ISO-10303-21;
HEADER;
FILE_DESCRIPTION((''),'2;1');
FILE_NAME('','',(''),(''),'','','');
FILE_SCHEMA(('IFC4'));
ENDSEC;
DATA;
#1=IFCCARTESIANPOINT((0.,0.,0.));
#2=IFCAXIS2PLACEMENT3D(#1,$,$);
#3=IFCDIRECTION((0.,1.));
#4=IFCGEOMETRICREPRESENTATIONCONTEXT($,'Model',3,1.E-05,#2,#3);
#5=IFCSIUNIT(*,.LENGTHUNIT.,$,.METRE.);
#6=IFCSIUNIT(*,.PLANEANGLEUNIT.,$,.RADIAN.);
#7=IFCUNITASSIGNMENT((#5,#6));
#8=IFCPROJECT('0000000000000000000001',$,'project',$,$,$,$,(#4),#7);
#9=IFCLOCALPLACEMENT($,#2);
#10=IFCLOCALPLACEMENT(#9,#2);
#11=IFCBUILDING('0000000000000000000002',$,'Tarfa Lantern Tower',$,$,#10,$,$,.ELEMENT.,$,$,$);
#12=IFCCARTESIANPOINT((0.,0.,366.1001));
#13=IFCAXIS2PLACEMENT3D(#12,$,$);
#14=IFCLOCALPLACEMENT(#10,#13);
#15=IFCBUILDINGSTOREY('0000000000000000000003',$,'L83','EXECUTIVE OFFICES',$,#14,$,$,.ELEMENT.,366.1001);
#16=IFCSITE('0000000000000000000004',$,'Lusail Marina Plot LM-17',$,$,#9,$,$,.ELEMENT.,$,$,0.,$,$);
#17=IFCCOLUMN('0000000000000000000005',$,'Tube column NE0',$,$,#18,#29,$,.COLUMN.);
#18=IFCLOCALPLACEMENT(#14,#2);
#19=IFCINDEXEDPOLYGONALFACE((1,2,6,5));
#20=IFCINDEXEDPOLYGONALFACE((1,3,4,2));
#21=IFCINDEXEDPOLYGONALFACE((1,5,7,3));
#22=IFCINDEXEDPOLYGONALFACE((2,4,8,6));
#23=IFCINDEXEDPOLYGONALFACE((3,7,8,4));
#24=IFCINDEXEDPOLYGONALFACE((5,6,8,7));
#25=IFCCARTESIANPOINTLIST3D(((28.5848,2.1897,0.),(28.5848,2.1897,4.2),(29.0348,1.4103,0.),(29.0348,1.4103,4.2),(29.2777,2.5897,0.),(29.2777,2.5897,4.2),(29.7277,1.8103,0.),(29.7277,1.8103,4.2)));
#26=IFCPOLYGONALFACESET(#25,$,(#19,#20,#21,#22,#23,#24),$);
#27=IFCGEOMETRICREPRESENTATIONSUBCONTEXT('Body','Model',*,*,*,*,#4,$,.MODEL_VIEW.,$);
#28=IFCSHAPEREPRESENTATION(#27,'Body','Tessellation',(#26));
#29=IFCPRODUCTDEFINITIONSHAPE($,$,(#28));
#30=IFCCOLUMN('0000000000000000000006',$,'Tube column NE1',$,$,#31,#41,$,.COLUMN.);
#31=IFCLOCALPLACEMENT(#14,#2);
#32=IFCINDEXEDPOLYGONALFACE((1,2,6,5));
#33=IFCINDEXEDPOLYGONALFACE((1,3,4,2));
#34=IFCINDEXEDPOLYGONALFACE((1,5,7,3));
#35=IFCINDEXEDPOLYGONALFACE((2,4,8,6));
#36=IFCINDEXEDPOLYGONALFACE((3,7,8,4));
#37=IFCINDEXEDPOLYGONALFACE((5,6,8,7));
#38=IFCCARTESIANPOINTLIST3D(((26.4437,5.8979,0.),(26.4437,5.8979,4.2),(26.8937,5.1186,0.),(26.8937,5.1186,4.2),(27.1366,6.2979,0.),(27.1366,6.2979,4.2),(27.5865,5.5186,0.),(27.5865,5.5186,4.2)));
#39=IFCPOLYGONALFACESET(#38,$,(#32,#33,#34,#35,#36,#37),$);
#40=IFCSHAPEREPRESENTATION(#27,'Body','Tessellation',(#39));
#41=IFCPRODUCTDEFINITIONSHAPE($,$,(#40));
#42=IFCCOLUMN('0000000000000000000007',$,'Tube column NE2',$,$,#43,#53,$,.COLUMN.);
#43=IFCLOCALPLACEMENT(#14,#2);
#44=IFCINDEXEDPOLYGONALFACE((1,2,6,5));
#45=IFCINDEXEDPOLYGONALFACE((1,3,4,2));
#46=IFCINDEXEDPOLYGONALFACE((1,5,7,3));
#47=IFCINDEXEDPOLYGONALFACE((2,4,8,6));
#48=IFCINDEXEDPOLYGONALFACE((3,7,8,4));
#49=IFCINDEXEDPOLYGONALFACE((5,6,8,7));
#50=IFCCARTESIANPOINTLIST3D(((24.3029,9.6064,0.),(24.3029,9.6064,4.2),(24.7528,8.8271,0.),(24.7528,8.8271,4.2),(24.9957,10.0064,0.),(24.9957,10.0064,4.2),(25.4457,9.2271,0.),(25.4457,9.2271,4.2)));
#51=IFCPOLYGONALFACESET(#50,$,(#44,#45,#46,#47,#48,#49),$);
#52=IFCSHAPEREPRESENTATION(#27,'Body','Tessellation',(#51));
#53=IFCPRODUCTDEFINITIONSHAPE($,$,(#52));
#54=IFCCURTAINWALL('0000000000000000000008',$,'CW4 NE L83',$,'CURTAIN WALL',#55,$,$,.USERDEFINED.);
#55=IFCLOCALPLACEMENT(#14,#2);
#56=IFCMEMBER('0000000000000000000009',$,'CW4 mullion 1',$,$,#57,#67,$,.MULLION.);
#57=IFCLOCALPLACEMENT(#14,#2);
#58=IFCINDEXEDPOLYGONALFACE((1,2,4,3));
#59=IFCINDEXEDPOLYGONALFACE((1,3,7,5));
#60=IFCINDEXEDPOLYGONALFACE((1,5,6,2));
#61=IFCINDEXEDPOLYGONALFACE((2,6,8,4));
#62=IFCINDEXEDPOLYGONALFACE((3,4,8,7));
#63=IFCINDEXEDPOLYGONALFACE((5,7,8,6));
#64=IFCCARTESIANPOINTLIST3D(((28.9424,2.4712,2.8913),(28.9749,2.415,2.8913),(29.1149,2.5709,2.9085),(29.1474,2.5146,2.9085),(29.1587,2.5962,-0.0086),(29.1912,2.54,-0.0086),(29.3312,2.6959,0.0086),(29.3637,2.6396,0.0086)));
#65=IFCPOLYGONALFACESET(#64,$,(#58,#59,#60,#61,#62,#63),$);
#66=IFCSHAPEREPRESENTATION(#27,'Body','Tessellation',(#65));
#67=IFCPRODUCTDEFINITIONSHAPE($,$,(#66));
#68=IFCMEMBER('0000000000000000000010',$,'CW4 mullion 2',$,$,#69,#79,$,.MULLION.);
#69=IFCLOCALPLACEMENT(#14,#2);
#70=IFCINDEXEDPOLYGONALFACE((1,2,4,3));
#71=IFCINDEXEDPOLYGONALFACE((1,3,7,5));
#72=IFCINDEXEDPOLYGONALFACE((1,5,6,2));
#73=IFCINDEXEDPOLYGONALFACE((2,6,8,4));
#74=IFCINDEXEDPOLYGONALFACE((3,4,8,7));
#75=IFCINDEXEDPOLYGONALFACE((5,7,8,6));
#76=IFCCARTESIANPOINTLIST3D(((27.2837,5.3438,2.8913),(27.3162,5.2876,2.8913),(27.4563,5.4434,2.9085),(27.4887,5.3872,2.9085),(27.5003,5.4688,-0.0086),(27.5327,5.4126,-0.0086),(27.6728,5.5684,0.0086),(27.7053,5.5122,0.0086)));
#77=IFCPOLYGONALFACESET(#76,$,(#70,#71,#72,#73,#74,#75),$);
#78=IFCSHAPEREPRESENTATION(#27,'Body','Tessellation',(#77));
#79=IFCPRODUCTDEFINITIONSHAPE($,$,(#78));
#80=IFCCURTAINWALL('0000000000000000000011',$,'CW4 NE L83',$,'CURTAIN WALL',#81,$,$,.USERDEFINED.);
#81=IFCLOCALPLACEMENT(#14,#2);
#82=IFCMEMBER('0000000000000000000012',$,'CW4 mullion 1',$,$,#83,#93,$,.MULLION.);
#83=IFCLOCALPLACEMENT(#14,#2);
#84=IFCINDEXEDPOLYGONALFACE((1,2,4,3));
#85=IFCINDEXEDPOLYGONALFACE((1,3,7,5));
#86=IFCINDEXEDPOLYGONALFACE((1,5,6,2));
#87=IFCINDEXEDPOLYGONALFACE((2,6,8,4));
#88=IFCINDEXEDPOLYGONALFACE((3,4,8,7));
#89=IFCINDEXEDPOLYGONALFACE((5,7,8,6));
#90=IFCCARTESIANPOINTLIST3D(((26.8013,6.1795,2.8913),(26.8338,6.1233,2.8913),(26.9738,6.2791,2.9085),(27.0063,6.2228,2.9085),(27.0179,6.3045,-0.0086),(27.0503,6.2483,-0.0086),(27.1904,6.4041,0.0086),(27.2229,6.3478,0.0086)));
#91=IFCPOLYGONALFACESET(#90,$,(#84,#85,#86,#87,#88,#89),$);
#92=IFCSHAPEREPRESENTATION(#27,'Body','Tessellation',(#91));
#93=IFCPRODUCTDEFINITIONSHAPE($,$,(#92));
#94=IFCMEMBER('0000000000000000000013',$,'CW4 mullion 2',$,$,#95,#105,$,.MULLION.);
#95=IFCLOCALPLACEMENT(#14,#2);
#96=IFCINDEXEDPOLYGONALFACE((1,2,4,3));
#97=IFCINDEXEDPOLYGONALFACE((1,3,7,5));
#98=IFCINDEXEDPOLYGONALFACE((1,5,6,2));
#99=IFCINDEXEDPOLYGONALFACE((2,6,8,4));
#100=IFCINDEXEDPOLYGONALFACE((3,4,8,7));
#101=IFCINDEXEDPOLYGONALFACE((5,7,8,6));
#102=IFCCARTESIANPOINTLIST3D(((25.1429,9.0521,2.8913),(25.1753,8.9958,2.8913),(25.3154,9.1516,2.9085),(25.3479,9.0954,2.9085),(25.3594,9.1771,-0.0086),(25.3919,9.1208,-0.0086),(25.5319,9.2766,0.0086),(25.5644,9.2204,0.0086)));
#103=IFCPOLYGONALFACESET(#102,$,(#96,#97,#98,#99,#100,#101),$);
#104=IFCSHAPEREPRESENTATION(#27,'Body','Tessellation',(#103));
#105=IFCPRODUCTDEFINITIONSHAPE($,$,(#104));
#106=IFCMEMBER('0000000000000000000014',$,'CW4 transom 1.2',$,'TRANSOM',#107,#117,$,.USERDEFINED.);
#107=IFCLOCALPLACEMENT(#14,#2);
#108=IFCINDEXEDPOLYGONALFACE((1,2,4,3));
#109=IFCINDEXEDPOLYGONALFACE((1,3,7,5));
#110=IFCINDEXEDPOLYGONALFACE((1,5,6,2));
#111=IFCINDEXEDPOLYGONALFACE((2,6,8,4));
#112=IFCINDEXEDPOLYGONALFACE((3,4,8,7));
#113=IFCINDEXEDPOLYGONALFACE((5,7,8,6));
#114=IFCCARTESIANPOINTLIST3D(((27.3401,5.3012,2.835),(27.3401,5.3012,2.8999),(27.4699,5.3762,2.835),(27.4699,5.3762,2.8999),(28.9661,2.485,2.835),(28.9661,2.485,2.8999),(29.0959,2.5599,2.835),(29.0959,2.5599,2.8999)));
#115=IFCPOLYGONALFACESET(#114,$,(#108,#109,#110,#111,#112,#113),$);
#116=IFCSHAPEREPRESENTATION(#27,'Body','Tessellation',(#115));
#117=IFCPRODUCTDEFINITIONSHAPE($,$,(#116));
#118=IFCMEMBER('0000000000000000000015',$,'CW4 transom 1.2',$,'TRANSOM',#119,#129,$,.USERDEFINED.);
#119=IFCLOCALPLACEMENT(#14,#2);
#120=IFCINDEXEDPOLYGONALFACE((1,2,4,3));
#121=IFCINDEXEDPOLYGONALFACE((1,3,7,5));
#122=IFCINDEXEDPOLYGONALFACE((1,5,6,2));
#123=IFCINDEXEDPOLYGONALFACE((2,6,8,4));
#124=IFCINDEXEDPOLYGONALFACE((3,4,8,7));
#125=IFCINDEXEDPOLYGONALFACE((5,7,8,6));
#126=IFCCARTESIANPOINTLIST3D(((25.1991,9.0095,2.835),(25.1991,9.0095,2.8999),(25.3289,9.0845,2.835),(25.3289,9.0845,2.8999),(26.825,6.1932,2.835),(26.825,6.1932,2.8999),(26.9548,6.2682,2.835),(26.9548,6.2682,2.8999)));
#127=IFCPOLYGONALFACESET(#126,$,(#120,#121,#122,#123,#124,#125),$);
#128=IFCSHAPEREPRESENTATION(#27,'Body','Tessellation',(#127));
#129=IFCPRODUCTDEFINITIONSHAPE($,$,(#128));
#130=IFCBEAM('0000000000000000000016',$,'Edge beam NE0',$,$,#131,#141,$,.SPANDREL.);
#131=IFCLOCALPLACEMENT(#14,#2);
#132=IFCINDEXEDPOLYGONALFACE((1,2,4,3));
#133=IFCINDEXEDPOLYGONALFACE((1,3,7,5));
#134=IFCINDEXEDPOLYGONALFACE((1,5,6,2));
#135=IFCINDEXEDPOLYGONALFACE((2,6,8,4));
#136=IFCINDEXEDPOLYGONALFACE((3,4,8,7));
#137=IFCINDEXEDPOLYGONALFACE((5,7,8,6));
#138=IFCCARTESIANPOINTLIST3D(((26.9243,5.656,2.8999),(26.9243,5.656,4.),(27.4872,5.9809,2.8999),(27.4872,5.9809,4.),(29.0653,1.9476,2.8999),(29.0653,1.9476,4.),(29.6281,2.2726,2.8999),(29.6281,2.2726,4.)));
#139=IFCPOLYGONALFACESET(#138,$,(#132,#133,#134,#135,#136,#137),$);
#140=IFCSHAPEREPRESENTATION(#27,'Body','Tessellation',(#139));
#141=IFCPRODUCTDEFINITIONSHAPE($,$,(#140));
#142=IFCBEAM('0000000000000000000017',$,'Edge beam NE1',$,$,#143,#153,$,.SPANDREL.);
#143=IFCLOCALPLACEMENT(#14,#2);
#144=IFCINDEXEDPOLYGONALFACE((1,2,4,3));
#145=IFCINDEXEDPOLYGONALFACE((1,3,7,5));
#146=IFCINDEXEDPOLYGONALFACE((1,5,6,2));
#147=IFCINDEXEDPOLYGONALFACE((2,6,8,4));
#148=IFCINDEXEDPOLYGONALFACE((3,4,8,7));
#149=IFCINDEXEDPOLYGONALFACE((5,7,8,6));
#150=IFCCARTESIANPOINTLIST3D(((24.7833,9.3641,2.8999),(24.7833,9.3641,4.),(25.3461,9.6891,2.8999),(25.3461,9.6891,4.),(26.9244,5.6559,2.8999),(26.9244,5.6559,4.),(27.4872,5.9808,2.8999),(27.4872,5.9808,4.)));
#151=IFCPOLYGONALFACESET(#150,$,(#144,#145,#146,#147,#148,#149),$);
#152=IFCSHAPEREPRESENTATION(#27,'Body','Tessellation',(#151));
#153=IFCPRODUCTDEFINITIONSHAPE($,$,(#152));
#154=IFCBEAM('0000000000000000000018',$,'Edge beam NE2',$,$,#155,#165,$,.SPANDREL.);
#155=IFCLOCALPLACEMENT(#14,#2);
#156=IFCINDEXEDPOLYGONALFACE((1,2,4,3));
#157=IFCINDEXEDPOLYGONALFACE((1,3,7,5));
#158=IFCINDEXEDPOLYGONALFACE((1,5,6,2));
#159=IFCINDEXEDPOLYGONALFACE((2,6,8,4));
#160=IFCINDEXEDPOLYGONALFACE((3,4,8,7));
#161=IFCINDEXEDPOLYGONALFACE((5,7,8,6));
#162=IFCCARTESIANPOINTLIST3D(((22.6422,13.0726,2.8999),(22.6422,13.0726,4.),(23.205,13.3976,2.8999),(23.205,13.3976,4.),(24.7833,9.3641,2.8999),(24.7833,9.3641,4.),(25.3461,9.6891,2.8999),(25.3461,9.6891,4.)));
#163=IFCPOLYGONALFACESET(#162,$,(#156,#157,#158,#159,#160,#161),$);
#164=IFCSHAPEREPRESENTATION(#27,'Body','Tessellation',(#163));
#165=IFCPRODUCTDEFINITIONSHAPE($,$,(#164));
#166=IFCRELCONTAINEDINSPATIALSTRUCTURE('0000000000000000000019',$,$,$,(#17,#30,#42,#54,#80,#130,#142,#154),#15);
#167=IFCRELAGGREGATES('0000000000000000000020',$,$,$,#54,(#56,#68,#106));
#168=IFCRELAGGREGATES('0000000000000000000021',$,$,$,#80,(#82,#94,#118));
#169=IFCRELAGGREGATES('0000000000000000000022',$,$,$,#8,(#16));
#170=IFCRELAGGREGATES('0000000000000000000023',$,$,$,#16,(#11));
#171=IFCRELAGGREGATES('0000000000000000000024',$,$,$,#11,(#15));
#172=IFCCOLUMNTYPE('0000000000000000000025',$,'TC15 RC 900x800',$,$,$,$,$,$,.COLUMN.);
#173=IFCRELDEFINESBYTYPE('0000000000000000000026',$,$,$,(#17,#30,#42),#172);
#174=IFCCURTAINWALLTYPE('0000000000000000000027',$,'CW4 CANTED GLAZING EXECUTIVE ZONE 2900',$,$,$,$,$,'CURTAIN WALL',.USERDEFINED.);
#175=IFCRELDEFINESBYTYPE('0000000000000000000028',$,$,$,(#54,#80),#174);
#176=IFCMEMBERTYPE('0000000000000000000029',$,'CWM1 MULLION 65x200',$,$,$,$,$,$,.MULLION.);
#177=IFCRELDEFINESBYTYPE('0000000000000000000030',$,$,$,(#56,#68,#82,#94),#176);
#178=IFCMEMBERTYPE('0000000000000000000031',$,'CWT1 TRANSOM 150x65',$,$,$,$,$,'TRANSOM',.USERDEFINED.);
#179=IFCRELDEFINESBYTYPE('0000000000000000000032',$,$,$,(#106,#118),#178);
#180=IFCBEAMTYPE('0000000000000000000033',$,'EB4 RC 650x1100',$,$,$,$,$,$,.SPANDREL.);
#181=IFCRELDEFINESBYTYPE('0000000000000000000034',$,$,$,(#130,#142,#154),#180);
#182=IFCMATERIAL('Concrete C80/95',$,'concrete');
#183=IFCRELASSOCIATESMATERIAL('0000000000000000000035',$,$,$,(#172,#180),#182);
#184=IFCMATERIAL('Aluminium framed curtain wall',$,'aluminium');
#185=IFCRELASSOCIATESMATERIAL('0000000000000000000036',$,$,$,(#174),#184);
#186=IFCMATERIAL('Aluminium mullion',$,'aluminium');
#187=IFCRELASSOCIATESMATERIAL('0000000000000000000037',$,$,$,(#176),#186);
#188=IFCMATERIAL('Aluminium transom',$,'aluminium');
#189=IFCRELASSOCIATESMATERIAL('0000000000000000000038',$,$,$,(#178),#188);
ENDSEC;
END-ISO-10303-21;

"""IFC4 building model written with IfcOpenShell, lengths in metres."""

from ifc_helpers import new_model, si_unit, direction, frame, origin, origin_2d, place, context, subcontext, project, spatial, rectangle, extrude, material, material_profile, profile_set, type_object, element, aggregate, save


model = new_model("IFC4")

# Units and contexts
model_context = context("Model", 3, precision=1e-05, world=origin(), true_north=direction((0.0, 1.0)))
body_context = subcontext(model_context, "Body", "Model", "MODEL_VIEW")
ifc_project = project(units=[si_unit("LENGTHUNIT", "METRE"), si_unit("PLANEANGLEUNIT", "RADIAN")], contexts=[model_context])

# Site, building, storey
site_placement = place(None, origin())
site = spatial("IfcSite", under=ifc_project, at=site_placement, Name="Lusail Marina Plot LM-17", CompositionType="ELEMENT", RefElevation=0.0)
building_placement = place(site_placement, origin())
building = spatial("IfcBuilding", under=site, at=building_placement, Name="Tarfa Lantern Tower", CompositionType="ELEMENT")
storey_placement = place(building_placement, frame((0.0, 0.0, 366.1001)))
storey = spatial("IfcBuildingStorey", under=building, at=storey_placement, Name="L83", Description="EXECUTIVE OFFICES", CompositionType="ELEMENT", Elevation=366.1001)

# Columns
ifc_material_1 = material(Name="Concrete C80/95", Category="concrete")
ifc_material_profile_1 = material_profile(ifc_material_1, rectangle(XDim=0.8999, YDim=0.8, at=origin_2d()), Name="RC 900x800")
ifc_profile_set_1 = profile_set([ifc_material_profile_1], Name="Concrete C80/95")
column_type = type_object("IfcColumnType", Name="TC15 RC 900x800", PredefinedType="COLUMN", material=ifc_profile_set_1)
for number, where, z_axis, x_axis, name in (
    (1, (29.1562, 2.0, 0.0), (0.0, 0.0, 1.0), (-0.5, 0.866025, 0.0), "Tube column NE0"),
    (2, (27.0151, 5.7083, 0.0), (0.0, 0.0, 1.0), (-0.5, 0.866025, 0.0), "Tube column NE1"),
    (3, (24.8743, 9.4167, 0.0), (0.0, 0.0, 1.0), (-0.5, 0.866025, 0.0), "Tube column NE2"),
):
    element("IfcColumn", number, at=place(storey_placement, frame(where, z_axis=z_axis, x_axis=x_axis)), inside=storey, type_object=column_type, Name=name, PredefinedType="COLUMN", context=body_context, shape_type="SweptSolid", body=[
        extrude(rectangle(XDim=0.8999, YDim=0.8, at=origin_2d()), origin(), (0.0, 0.0, 1.0), 4.2),
    ])

# Curtain walls, members
ifc_material_2 = material(Name="Aluminium framed curtain wall", Category="aluminium")
curtain_wall_type = type_object("IfcCurtainWallType", Name="CW4 CANTED GLAZING EXECUTIVE ZONE 2900", ElementType="CURTAIN WALL", PredefinedType="USERDEFINED", material=ifc_material_2)
curtain_wall_1_placement = place(storey_placement, origin())
curtain_wall_1 = element("IfcCurtainWall", 4, at=curtain_wall_1_placement, inside=storey, type_object=curtain_wall_type, Name="CW4 NE L83", ObjectType="CURTAIN WALL", PredefinedType="USERDEFINED")
ifc_material_3 = material(Name="Aluminium mullion", Category="aluminium")
ifc_material_profile_2 = material_profile(ifc_material_3, rectangle(XDim=0.0649, YDim=0.2, at=origin_2d()), Name="AL MULLION 65x200")
ifc_profile_set_2 = profile_set([ifc_material_profile_2], Name="Aluminium mullion")
member_type_1 = type_object("IfcMemberType", Name="CWM1 MULLION 65x200", PredefinedType="MULLION", material=ifc_profile_set_2)
member_1_placement = place(storey_placement, frame((29.2612, 2.6179, 0.0), z_axis=(-0.074316, -0.042946, 0.99631), x_axis=(0.500343, -0.865827, 0.0)))
member_1 = element("IfcMember", 5, at=member_1_placement, type_object=member_type_1, Name="CW4 mullion 1", PredefinedType="MULLION", context=body_context, shape_type="SweptSolid", body=[
    extrude(rectangle(XDim=0.0649, YDim=0.2, at=origin_2d()), origin(), (0.0, 0.0, 1.0), 2.9106),
])
member_2_placement = place(storey_placement, frame((27.6028, 5.4905, 0.0), z_axis=(-0.0744, -0.042946, 0.996303), x_axis=(0.49992, -0.866072, 0.0)))
member_2 = element("IfcMember", 6, at=member_2_placement, type_object=member_type_1, Name="CW4 mullion 2", PredefinedType="MULLION", context=body_context, shape_type="SweptSolid", body=[
    extrude(rectangle(XDim=0.0649, YDim=0.2, at=origin_2d()), origin(), (0.0, 0.0, 1.0), 2.9106),
])
curtain_wall_2_placement = place(storey_placement, origin())
curtain_wall_2 = element("IfcCurtainWall", 7, at=curtain_wall_2_placement, inside=storey, type_object=curtain_wall_type, Name="CW4 NE L83", ObjectType="CURTAIN WALL", PredefinedType="USERDEFINED")
member_3_placement = place(storey_placement, frame((27.1204, 6.3262, 0.0), z_axis=(-0.0744, -0.042946, 0.996303), x_axis=(0.49992, -0.866072, 0.0)))
member_3 = element("IfcMember", 8, at=member_3_placement, type_object=member_type_1, Name="CW4 mullion 1", PredefinedType="MULLION", context=body_context, shape_type="SweptSolid", body=[
    extrude(rectangle(XDim=0.0649, YDim=0.2, at=origin_2d()), origin(), (0.0, 0.0, 1.0), 2.9106),
])
member_4_placement = place(storey_placement, frame((25.4619, 9.1987, 0.0), z_axis=(-0.0744, -0.042946, 0.996303), x_axis=(0.49992, -0.866072, 0.0)))
member_4 = element("IfcMember", 9, at=member_4_placement, type_object=member_type_1, Name="CW4 mullion 2", PredefinedType="MULLION", context=body_context, shape_type="SweptSolid", body=[
    extrude(rectangle(XDim=0.0649, YDim=0.2, at=origin_2d()), origin(), (0.0, 0.0, 1.0), 2.9106),
])

# Members
ifc_material_4 = material(Name="Aluminium transom", Category="aluminium")
ifc_material_profile_3 = material_profile(ifc_material_4, rectangle(XDim=0.1499, YDim=0.0649, at=origin_2d()), Name="AL TRANSOM 150x65")
ifc_profile_set_3 = profile_set([ifc_material_profile_3], Name="Aluminium transom")
member_type_2 = type_object("IfcMemberType", Name="CWT1 TRANSOM 150x65", ElementType="TRANSOM", PredefinedType="USERDEFINED", material=ifc_profile_set_3)
member_5_placement = place(storey_placement, frame((29.031, 2.5225, 2.8674), z_axis=(-0.500015, 0.866017, 0.0), x_axis=(-0.866017, -0.500015, 0.0)))
member_5 = element("IfcMember", 10, at=member_5_placement, type_object=member_type_2, Name="CW4 transom 1.2", ObjectType="TRANSOM", PredefinedType="USERDEFINED", context=body_context, shape_type="SweptSolid", body=[
    extrude(rectangle(XDim=0.1499, YDim=0.0649, at=origin_2d()), origin(), (0.0, 0.0, 1.0), 3.252),
])
member_6_placement = place(storey_placement, frame((26.8899, 6.2307, 2.8674), z_axis=(-0.499982, 0.866036, 0.0), x_axis=(-0.866036, -0.499982, 0.0)))
member_6 = element("IfcMember", 11, at=member_6_placement, type_object=member_type_2, Name="CW4 transom 1.2", ObjectType="TRANSOM", PredefinedType="USERDEFINED", context=body_context, shape_type="SweptSolid", body=[
    extrude(rectangle(XDim=0.1499, YDim=0.0649, at=origin_2d()), origin(), (0.0, 0.0, 1.0), 3.252),
])

# Beams
ifc_material_profile_4 = material_profile(ifc_material_1, rectangle(XDim=0.6499, YDim=1.1001, at=origin_2d()), Name="RC 650x1100")
ifc_profile_set_4 = profile_set([ifc_material_profile_4], Name="Concrete C80/95")
beam_type_1 = type_object("IfcBeamType", Name="EB4 RC 650x1100", PredefinedType="SPANDREL", material=ifc_profile_set_4)
for number, where, z_axis, x_axis, name in (
    (12, (29.3467, 2.1101, 3.45), (-0.499984, 0.866035, 0.0), (-0.866035, -0.499984, 0.0), "Edge beam NE0"),
    (13, (27.2058, 5.8184, 3.45), (-0.500027, 0.86601, 0.0), (-0.86601, -0.500027, 0.0), "Edge beam NE1"),
):
    element("IfcBeam", number, at=place(storey_placement, frame(where, z_axis=z_axis, x_axis=x_axis)), inside=storey, type_object=beam_type_1, Name=name, PredefinedType="SPANDREL", context=body_context, shape_type="SweptSolid", body=[
        extrude(rectangle(XDim=0.6499, YDim=1.1001, at=origin_2d()), origin(), (0.0, 0.0, 1.0), 4.282),
    ])
beam_1_placement = place(storey_placement, frame((25.0647, 9.5266, 3.45), z_axis=(-0.500002, 0.866024, 0.0), x_axis=(-0.866024, -0.500002, 0.0)))
element("IfcBeam", 14, at=beam_1_placement, inside=storey, type_object=beam_type_1, Name="Edge beam NE2", PredefinedType="SPANDREL", context=body_context, shape_type="SweptSolid", body=[
    extrude(rectangle(XDim=0.6499, YDim=1.1001, at=origin_2d()), origin(), (0.0, 0.0, 1.0), 4.2822),
])

aggregate(curtain_wall_1, [member_1, member_2, member_5])
aggregate(curtain_wall_2, [member_3, member_4, member_6])

save(model, "model.ifc")
